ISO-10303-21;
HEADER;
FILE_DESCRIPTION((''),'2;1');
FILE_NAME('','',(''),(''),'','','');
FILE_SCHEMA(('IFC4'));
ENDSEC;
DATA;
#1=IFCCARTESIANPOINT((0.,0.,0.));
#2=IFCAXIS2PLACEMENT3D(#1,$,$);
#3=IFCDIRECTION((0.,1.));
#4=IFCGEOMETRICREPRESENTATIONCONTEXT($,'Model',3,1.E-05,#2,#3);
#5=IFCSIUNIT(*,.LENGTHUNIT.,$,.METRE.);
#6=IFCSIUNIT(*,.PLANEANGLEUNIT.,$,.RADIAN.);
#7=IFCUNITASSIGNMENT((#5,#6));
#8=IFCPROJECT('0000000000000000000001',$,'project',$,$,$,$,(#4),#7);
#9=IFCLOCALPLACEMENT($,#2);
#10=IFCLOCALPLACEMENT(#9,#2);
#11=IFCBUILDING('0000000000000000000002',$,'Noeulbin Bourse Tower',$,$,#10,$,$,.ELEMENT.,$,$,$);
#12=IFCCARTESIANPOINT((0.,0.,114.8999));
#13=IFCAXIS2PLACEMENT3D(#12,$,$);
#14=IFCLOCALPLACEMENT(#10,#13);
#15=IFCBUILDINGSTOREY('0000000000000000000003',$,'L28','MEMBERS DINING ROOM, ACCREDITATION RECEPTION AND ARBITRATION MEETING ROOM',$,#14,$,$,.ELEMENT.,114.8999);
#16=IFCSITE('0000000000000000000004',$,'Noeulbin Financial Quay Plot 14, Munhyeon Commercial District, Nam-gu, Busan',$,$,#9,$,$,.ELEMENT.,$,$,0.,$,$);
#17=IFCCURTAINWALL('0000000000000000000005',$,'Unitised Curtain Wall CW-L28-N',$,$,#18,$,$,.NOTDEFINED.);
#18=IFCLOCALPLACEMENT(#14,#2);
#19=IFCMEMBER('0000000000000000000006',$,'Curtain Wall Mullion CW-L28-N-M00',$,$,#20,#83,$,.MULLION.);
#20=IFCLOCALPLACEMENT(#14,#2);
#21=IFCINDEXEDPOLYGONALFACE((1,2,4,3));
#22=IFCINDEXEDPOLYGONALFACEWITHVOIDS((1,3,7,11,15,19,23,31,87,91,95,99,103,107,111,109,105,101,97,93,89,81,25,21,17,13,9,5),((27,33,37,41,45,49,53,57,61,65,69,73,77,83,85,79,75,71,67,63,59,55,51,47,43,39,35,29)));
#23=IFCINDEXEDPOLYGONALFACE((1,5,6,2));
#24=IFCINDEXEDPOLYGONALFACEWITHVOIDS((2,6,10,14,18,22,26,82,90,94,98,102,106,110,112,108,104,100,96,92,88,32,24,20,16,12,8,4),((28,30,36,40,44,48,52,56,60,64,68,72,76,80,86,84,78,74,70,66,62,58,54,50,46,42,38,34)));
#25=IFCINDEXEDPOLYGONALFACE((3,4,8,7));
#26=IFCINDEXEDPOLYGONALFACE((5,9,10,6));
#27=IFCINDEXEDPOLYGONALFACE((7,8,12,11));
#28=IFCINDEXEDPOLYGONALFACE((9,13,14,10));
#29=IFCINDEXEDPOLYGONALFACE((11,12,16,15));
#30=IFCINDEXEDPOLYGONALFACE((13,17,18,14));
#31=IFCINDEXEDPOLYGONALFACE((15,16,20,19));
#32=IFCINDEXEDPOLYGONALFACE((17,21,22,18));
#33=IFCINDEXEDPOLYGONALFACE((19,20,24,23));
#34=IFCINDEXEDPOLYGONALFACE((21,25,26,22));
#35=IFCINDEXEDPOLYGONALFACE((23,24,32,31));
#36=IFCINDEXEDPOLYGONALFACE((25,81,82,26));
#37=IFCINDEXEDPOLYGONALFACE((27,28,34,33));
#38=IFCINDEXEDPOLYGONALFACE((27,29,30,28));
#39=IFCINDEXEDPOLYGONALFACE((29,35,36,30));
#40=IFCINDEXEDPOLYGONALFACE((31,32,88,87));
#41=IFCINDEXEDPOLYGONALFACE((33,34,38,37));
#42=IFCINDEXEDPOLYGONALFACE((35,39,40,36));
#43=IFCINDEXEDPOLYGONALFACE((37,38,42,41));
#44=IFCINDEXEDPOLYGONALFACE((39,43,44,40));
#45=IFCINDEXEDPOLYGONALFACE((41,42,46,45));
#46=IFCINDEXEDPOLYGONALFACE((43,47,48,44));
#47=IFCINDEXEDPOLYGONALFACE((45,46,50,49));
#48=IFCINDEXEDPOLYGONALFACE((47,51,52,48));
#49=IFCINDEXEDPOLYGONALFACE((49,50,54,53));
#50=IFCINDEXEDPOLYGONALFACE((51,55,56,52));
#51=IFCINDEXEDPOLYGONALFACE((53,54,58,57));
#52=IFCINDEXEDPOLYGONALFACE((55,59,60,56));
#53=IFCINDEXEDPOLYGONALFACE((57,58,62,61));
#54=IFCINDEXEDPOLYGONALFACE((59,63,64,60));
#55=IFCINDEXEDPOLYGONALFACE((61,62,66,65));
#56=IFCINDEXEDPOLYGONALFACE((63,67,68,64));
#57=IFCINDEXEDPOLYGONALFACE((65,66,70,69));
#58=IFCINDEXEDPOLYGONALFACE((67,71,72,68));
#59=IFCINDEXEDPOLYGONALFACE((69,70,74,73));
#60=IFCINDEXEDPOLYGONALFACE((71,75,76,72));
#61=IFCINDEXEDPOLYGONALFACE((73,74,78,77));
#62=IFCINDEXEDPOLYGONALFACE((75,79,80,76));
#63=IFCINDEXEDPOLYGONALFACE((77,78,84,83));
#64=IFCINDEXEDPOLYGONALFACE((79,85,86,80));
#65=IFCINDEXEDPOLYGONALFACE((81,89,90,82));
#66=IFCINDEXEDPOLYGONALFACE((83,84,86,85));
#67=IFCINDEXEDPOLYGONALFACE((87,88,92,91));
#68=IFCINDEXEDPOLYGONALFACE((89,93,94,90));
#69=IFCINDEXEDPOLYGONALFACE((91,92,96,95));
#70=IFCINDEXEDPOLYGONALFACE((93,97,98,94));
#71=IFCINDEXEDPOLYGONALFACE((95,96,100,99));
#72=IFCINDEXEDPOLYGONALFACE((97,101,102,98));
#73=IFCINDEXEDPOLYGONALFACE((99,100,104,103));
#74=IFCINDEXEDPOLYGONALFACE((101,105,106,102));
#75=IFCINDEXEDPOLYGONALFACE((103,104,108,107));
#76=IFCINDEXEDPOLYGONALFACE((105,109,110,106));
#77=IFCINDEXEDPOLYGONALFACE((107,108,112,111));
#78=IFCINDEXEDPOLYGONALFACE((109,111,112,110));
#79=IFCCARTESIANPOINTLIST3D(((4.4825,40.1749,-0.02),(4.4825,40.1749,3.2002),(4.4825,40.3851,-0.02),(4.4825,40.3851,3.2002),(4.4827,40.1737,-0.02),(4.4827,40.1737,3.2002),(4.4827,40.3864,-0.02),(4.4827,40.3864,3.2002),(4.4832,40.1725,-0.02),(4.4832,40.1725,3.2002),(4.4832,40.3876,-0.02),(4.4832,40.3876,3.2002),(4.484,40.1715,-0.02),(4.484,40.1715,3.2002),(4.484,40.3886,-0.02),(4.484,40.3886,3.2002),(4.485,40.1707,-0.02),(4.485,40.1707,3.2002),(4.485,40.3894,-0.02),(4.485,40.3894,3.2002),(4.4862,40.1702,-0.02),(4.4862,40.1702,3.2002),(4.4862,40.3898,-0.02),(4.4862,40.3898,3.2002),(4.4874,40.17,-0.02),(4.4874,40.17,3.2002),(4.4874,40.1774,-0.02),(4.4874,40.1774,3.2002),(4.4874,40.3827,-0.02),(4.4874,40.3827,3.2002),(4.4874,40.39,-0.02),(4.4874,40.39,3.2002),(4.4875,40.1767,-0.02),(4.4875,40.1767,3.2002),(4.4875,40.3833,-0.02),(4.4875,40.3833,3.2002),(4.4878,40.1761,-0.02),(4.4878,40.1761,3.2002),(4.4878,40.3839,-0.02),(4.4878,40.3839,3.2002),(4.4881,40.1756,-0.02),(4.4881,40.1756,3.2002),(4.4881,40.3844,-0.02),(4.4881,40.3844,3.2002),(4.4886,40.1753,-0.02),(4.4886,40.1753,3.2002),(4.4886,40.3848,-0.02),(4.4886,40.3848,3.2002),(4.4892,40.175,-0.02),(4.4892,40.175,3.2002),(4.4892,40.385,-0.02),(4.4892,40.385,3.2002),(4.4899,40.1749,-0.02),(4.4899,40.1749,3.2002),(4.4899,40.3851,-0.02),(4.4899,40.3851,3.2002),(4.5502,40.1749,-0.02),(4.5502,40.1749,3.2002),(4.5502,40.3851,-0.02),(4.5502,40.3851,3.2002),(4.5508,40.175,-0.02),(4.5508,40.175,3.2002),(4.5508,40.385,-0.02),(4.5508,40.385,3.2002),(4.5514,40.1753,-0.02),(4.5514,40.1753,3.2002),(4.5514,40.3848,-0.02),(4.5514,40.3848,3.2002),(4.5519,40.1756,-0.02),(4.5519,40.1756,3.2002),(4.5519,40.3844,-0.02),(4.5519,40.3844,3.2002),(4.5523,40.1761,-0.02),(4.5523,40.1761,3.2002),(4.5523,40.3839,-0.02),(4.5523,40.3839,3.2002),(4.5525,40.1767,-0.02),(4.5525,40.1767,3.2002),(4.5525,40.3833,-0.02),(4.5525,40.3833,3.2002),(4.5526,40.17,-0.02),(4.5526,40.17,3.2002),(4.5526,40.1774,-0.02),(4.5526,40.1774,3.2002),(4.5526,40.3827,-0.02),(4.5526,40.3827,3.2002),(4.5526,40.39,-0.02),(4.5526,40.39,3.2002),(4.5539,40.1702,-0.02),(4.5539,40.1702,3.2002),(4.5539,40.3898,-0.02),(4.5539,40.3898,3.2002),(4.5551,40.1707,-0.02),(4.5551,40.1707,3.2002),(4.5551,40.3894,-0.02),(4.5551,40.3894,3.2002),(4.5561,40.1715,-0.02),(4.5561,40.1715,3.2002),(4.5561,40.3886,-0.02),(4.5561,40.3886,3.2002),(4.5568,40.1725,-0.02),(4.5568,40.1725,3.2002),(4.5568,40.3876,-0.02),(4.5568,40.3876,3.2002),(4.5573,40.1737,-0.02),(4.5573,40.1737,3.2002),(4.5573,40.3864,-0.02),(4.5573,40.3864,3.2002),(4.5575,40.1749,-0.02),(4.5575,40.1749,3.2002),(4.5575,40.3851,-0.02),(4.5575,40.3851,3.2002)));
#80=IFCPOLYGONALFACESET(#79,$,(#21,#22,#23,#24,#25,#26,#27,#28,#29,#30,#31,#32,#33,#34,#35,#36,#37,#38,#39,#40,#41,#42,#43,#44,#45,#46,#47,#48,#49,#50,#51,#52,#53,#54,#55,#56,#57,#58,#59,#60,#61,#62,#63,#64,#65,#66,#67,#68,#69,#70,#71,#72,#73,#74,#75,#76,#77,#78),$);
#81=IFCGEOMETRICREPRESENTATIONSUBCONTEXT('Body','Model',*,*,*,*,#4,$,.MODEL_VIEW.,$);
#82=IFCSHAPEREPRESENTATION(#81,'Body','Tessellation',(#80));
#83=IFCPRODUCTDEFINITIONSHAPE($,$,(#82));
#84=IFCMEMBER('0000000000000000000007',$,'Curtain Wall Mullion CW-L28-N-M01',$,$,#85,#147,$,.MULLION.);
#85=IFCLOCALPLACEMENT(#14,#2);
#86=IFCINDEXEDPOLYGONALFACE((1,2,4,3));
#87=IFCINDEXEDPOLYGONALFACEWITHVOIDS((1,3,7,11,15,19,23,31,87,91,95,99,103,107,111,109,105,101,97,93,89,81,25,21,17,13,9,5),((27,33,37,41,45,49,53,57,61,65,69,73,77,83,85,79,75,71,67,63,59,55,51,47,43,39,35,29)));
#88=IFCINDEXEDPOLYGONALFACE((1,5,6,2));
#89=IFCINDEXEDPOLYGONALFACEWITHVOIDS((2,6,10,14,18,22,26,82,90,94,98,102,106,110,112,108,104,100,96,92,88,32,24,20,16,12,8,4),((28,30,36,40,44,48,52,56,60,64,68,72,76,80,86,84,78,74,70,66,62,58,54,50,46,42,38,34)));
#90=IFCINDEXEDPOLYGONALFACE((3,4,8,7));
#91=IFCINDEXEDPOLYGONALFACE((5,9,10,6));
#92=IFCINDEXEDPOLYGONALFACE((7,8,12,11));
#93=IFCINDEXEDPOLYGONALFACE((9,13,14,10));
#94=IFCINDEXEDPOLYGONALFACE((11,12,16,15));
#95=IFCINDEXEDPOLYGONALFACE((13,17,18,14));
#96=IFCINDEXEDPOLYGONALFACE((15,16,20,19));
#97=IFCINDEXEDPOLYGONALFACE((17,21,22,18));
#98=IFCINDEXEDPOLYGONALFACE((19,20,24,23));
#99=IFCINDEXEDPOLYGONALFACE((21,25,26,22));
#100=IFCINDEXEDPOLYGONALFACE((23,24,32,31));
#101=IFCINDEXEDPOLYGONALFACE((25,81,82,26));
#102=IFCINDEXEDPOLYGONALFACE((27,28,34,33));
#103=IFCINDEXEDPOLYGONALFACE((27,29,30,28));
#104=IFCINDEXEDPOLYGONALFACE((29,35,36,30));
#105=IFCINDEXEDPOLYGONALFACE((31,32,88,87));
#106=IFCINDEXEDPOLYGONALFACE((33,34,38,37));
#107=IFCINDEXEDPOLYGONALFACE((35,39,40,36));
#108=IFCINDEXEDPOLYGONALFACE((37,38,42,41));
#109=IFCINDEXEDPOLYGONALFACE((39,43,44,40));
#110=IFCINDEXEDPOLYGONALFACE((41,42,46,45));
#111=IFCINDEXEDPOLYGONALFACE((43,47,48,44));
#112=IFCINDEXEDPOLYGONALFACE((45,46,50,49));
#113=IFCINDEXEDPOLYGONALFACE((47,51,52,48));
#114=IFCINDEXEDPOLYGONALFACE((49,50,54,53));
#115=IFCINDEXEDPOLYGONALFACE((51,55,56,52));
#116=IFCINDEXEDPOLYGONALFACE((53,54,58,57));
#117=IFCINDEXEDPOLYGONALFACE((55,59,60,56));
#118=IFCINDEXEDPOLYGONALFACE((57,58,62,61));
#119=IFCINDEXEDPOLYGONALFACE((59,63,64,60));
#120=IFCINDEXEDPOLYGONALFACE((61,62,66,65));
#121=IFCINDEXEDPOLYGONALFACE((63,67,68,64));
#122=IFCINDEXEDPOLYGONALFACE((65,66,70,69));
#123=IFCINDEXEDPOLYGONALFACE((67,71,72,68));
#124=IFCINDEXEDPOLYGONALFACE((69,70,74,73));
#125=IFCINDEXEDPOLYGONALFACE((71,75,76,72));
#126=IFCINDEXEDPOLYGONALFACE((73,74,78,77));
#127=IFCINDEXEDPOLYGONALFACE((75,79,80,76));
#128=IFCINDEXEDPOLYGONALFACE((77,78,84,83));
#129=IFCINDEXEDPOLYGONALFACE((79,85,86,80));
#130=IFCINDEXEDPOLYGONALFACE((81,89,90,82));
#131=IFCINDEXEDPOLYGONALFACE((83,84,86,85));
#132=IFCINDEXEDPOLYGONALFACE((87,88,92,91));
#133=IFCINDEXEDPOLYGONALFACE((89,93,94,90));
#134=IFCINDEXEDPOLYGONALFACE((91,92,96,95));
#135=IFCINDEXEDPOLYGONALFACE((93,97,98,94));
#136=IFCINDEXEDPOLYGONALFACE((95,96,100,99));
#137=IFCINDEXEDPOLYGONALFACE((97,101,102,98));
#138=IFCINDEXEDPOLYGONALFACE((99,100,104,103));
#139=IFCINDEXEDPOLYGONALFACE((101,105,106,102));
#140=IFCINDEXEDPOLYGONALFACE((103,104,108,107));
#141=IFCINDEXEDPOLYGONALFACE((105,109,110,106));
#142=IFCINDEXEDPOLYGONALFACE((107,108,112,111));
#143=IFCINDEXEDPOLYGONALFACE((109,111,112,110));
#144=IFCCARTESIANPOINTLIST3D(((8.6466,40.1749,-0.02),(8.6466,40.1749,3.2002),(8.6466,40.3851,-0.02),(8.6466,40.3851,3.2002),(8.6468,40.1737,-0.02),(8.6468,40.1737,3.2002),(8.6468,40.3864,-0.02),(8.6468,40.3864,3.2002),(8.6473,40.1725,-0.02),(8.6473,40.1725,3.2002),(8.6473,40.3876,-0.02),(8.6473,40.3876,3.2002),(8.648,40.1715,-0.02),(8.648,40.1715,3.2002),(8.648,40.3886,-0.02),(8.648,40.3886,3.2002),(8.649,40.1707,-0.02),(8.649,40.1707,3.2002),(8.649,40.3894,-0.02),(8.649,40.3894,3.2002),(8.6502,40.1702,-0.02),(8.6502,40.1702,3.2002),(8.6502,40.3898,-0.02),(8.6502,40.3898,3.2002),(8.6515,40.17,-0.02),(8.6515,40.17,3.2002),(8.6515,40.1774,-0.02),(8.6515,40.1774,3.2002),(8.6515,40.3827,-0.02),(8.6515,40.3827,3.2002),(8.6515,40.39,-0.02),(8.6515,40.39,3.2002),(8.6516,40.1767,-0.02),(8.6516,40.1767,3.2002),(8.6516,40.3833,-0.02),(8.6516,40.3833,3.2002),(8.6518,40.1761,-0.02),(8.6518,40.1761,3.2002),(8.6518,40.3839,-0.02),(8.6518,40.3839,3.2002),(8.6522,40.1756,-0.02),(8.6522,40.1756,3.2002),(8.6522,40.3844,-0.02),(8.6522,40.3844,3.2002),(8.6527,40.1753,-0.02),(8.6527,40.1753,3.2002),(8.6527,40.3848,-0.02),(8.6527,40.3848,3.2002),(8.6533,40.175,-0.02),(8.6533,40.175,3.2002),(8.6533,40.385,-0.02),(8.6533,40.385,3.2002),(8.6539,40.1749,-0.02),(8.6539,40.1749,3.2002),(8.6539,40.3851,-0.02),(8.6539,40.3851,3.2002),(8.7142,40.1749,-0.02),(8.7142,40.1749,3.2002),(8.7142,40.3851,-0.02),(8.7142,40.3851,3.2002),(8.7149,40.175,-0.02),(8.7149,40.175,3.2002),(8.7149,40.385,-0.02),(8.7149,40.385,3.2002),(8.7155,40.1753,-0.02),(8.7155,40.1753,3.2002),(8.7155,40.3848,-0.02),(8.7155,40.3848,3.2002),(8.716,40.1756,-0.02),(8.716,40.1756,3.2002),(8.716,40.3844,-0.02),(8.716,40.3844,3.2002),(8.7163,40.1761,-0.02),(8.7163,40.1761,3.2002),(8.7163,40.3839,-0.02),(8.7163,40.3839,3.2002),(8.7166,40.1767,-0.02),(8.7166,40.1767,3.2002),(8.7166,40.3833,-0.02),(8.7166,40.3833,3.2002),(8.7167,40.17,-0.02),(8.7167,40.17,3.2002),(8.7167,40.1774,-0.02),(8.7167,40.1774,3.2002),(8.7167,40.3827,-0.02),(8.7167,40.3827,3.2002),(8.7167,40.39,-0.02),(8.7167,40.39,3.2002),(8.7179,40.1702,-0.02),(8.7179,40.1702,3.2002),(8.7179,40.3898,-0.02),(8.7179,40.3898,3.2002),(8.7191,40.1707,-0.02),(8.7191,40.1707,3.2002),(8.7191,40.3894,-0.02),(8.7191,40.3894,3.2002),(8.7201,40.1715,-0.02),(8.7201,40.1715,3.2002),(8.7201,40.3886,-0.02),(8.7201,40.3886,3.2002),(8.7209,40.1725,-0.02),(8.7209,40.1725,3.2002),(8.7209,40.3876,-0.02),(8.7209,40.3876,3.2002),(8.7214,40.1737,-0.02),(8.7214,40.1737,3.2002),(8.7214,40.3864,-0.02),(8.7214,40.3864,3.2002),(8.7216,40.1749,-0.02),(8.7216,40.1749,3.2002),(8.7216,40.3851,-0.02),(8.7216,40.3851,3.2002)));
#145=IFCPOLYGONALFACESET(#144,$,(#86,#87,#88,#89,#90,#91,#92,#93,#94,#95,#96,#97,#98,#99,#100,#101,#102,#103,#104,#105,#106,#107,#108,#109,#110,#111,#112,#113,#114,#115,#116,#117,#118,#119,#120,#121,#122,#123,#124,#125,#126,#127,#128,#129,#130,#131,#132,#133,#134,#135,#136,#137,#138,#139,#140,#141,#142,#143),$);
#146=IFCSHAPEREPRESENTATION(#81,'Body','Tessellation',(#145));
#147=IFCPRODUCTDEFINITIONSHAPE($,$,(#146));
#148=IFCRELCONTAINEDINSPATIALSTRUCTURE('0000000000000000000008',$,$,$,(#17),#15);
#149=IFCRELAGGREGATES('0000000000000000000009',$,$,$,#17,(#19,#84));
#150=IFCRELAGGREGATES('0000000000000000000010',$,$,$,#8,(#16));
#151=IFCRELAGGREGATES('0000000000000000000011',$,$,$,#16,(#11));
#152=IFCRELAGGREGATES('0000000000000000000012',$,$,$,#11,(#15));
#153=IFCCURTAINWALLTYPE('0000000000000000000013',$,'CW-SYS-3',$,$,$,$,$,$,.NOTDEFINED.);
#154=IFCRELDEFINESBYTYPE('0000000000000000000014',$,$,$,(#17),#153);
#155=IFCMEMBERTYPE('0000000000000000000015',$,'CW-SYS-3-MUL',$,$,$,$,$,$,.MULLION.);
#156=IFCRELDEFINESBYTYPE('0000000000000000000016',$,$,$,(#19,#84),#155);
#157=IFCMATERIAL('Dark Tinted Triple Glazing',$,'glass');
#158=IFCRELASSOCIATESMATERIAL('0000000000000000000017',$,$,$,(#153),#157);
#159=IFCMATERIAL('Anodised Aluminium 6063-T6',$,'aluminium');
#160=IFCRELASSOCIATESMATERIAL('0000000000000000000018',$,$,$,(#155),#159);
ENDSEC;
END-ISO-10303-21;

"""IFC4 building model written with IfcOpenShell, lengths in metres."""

from ifc_helpers import new_model, si_unit, direction, frame, origin, origin_2d, place, context, subcontext, project, spatial, hollow_rectangle, extrude, material, material_profile, profile_set, type_object, element, aggregate, save


model = new_model("IFC4")

# Units and contexts
model_context = context("Model", 3, precision=1e-05, world=origin(), true_north=direction((0.0, 1.0)))
body_context = subcontext(model_context, "Body", "Model", "MODEL_VIEW")
ifc_project = project(units=[si_unit("LENGTHUNIT", "METRE"), si_unit("PLANEANGLEUNIT", "RADIAN")], contexts=[model_context])

# Site, building, storey
site_placement = place(None, origin())
site = spatial("IfcSite", under=ifc_project, at=site_placement, Name="Noeulbin Financial Quay Plot 14, Munhyeon Commercial District, Nam-gu, Busan", CompositionType="ELEMENT", RefElevation=0.0)
building_placement = place(site_placement, origin())
building = spatial("IfcBuilding", under=site, at=building_placement, Name="Noeulbin Bourse Tower", CompositionType="ELEMENT")
storey_placement = place(building_placement, frame((0.0, 0.0, 114.8999)))
storey = spatial("IfcBuildingStorey", under=building, at=storey_placement, Name="L28", Description="MEMBERS DINING ROOM, ACCREDITATION RECEPTION AND ARBITRATION MEETING ROOM", CompositionType="ELEMENT", Elevation=114.8999)

# Curtain wall, members
ifc_material_1 = material(Name="Dark Tinted Triple Glazing", Category="glass")
curtain_wall_type = type_object("IfcCurtainWallType", Name="CW-SYS-3", PredefinedType="NOTDEFINED", material=ifc_material_1)
curtain_wall_1_placement = place(storey_placement, origin())
curtain_wall_1 = element("IfcCurtainWall", 1, at=curtain_wall_1_placement, inside=storey, type_object=curtain_wall_type, Name="Unitised Curtain Wall CW-L28-N", PredefinedType="NOTDEFINED")
ifc_material_2 = material(Name="Anodised Aluminium 6063-T6", Category="aluminium")
ifc_material_profile_1 = material_profile(ifc_material_2, hollow_rectangle(XDim=0.075, YDim=0.22, WallThickness=0.0049, InnerFilletRadius=0.0024, OuterFilletRadius=0.0049, at=origin_2d()), Name="ALU-MULL-75x220x5", Category="LoadBearing")
ifc_profile_set_1 = profile_set([ifc_material_profile_1], Name="Anodised Aluminium 6063-T6")
member_type_1 = type_object("IfcMemberType", Name="CW-SYS-3-MUL", PredefinedType="MULLION", material=ifc_profile_set_1)
member_1_placement = place(storey_placement, frame((4.52, 40.28, -0.02), z_axis=(0.0, 0.0, 1.0), x_axis=(1.0, 0.0, 0.0)))
member_1 = element("IfcMember", 2, at=member_1_placement, type_object=member_type_1, Name="Curtain Wall Mullion CW-L28-N-M00", PredefinedType="MULLION", context=body_context, shape_type="SweptSolid", body=[
    extrude(hollow_rectangle(XDim=0.075, YDim=0.22, WallThickness=0.0049, InnerFilletRadius=0.0024, OuterFilletRadius=0.0049, at=origin_2d()), origin(), (0.0, 0.0, 1.0), 3.2202),
])
member_2_placement = place(storey_placement, frame((8.6841, 40.28, -0.02), z_axis=(0.0, 0.0, 1.0), x_axis=(1.0, 0.0, 0.0)))
member_2 = element("IfcMember", 3, at=member_2_placement, type_object=member_type_1, Name="Curtain Wall Mullion CW-L28-N-M01", PredefinedType="MULLION", context=body_context, shape_type="SweptSolid", body=[
    extrude(hollow_rectangle(XDim=0.075, YDim=0.22, WallThickness=0.0049, InnerFilletRadius=0.0024, OuterFilletRadius=0.0049, at=origin_2d()), origin(), (0.0, 0.0, 1.0), 3.2202),
])

aggregate(curtain_wall_1, [member_1, member_2])

save(model, "model.ifc")
